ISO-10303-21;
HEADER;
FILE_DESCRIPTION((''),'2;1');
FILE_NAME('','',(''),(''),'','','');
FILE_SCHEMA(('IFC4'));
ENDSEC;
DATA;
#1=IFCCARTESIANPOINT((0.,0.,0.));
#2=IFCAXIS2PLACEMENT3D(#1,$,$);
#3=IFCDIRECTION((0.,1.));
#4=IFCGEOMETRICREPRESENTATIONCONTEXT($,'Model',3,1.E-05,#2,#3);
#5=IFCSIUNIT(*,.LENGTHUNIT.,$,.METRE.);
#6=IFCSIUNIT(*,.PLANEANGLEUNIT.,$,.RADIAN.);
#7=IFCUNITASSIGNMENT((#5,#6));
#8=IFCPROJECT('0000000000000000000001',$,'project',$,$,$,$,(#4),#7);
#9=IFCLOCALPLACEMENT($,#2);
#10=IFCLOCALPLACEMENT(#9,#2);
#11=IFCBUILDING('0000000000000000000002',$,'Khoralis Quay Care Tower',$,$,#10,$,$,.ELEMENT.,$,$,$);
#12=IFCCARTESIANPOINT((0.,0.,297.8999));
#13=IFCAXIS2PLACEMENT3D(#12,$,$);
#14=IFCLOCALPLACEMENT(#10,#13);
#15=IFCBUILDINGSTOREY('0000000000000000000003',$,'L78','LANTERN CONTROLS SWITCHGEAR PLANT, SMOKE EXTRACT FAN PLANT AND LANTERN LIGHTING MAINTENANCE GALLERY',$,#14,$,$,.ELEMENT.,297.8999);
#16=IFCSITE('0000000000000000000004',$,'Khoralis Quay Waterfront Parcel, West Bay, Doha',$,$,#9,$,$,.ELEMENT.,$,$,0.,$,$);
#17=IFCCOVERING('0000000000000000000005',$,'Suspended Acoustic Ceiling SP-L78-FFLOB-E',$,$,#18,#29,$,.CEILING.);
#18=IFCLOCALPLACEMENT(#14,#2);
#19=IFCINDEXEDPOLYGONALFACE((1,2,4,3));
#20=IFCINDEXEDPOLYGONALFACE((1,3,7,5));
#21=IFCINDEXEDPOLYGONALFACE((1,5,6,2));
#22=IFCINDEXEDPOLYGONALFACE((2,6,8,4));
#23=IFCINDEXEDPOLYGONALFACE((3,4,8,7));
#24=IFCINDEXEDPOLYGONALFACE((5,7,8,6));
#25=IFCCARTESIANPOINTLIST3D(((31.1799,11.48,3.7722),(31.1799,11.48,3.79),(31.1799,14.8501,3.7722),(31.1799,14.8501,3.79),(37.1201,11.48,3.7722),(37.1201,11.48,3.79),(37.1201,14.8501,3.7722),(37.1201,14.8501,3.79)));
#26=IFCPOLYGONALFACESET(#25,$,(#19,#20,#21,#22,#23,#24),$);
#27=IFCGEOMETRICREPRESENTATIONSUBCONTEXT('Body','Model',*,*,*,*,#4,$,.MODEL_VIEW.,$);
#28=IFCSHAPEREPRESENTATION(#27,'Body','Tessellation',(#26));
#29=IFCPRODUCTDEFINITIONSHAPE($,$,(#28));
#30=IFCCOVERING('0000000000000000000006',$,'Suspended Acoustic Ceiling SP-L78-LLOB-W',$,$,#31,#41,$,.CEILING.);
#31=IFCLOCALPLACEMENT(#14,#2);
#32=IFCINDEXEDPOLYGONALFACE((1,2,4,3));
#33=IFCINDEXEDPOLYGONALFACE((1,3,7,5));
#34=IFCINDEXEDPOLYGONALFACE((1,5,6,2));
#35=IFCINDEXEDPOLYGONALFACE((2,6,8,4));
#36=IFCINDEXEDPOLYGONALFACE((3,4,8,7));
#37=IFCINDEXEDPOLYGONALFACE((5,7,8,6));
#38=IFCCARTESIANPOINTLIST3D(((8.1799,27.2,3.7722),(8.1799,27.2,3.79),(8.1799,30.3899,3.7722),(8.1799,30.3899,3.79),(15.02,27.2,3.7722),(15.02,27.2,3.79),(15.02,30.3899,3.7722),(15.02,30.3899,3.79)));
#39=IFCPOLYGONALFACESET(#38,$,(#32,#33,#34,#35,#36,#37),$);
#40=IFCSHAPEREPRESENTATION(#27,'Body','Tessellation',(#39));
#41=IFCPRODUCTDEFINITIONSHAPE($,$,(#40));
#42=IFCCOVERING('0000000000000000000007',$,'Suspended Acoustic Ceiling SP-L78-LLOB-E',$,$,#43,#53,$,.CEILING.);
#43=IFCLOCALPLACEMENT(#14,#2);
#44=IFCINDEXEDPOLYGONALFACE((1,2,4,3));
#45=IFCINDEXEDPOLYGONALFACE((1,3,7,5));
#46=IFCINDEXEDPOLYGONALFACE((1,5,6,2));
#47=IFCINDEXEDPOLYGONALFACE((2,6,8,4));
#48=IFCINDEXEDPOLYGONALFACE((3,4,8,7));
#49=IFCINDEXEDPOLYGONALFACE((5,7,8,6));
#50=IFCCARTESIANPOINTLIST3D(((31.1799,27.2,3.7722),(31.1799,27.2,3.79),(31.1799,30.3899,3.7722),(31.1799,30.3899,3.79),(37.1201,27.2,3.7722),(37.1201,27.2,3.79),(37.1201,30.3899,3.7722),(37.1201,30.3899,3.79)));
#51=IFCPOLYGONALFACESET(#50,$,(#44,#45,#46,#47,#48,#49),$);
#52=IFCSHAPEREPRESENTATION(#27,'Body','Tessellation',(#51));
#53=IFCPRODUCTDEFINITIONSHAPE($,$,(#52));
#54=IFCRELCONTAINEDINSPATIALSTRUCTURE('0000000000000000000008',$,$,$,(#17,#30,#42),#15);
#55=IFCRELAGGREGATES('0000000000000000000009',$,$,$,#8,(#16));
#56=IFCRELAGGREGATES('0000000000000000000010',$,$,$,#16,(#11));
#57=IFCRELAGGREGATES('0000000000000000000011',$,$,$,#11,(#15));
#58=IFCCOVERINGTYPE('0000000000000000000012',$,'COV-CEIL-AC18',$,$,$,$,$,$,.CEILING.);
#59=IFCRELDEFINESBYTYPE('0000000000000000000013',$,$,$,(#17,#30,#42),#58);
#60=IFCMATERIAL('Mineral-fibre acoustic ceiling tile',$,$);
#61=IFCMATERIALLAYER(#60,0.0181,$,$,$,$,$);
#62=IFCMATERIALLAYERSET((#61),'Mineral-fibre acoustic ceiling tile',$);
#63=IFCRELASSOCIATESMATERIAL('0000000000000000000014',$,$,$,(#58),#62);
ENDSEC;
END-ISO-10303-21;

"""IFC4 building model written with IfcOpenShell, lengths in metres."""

from ifc_helpers import new_model, si_unit, direction, frame, origin, place, context, subcontext, project, spatial, polyline, outline, extrude, material, layer, layer_set, type_object, element, save


model = new_model("IFC4")

# Units and contexts
model_context = context("Model", 3, precision=1e-05, world=origin(), true_north=direction((0.0, 1.0)))
body_context = subcontext(model_context, "Body", "Model", "MODEL_VIEW")
ifc_project = project(units=[si_unit("LENGTHUNIT", "METRE"), si_unit("PLANEANGLEUNIT", "RADIAN")], contexts=[model_context])

# Site, building, storey
site_placement = place(None, origin())
site = spatial("IfcSite", under=ifc_project, at=site_placement, Name="Khoralis Quay Waterfront Parcel, West Bay, Doha", CompositionType="ELEMENT", RefElevation=0.0)
building_placement = place(site_placement, origin())
building = spatial("IfcBuilding", under=site, at=building_placement, Name="Khoralis Quay Care Tower", CompositionType="ELEMENT")
storey_placement = place(building_placement, frame((0.0, 0.0, 297.8999)))
storey = spatial("IfcBuildingStorey", under=building, at=storey_placement, Name="L78", Description="LANTERN CONTROLS SWITCHGEAR PLANT, SMOKE EXTRACT FAN PLANT AND LANTERN LIGHTING MAINTENANCE GALLERY", CompositionType="ELEMENT", Elevation=297.8999)

# Coverings
ifc_material_1 = material(Name="Mineral-fibre acoustic ceiling tile")
ifc_layer_1 = layer(ifc_material_1, 0.0181)
ifc_layer_set_1 = layer_set([ifc_layer_1], Name="Mineral-fibre acoustic ceiling tile")
covering_type = type_object("IfcCoveringType", Name="COV-CEIL-AC18", PredefinedType="CEILING", material=ifc_layer_set_1)
covering_1_placement = place(storey_placement, frame((0.0, 0.0, 3.7722)))
element("IfcCovering", 1, at=covering_1_placement, inside=storey, type_object=covering_type, Name="Suspended Acoustic Ceiling SP-L78-FFLOB-E", PredefinedType="CEILING", context=body_context, shape_type="SweptSolid", body=[
    extrude(outline(polyline([(31.1799, 11.48), (37.1201, 11.48), (37.1201, 14.8501), (31.1799, 14.8501), (31.1799, 11.48)])), origin(), (0.0, 0.0, 1.0), 0.0178),
])
covering_2_placement = place(storey_placement, frame((0.0, 0.0, 3.7722)))
element("IfcCovering", 2, at=covering_2_placement, inside=storey, type_object=covering_type, Name="Suspended Acoustic Ceiling SP-L78-LLOB-W", PredefinedType="CEILING", context=body_context, shape_type="SweptSolid", body=[
    extrude(outline(polyline([(8.1799, 27.2), (15.02, 27.2), (15.02, 30.3899), (8.1799, 30.3899), (8.1799, 27.2)])), origin(), (0.0, 0.0, 1.0), 0.0178),
])
covering_3_placement = place(storey_placement, frame((0.0, 0.0, 3.7722)))
element("IfcCovering", 3, at=covering_3_placement, inside=storey, type_object=covering_type, Name="Suspended Acoustic Ceiling SP-L78-LLOB-E", PredefinedType="CEILING", context=body_context, shape_type="SweptSolid", body=[
    extrude(outline(polyline([(31.1799, 27.2), (37.1201, 27.2), (37.1201, 30.3899), (31.1799, 30.3899), (31.1799, 27.2)])), origin(), (0.0, 0.0, 1.0), 0.0178),
])

save(model, "model.ifc")
